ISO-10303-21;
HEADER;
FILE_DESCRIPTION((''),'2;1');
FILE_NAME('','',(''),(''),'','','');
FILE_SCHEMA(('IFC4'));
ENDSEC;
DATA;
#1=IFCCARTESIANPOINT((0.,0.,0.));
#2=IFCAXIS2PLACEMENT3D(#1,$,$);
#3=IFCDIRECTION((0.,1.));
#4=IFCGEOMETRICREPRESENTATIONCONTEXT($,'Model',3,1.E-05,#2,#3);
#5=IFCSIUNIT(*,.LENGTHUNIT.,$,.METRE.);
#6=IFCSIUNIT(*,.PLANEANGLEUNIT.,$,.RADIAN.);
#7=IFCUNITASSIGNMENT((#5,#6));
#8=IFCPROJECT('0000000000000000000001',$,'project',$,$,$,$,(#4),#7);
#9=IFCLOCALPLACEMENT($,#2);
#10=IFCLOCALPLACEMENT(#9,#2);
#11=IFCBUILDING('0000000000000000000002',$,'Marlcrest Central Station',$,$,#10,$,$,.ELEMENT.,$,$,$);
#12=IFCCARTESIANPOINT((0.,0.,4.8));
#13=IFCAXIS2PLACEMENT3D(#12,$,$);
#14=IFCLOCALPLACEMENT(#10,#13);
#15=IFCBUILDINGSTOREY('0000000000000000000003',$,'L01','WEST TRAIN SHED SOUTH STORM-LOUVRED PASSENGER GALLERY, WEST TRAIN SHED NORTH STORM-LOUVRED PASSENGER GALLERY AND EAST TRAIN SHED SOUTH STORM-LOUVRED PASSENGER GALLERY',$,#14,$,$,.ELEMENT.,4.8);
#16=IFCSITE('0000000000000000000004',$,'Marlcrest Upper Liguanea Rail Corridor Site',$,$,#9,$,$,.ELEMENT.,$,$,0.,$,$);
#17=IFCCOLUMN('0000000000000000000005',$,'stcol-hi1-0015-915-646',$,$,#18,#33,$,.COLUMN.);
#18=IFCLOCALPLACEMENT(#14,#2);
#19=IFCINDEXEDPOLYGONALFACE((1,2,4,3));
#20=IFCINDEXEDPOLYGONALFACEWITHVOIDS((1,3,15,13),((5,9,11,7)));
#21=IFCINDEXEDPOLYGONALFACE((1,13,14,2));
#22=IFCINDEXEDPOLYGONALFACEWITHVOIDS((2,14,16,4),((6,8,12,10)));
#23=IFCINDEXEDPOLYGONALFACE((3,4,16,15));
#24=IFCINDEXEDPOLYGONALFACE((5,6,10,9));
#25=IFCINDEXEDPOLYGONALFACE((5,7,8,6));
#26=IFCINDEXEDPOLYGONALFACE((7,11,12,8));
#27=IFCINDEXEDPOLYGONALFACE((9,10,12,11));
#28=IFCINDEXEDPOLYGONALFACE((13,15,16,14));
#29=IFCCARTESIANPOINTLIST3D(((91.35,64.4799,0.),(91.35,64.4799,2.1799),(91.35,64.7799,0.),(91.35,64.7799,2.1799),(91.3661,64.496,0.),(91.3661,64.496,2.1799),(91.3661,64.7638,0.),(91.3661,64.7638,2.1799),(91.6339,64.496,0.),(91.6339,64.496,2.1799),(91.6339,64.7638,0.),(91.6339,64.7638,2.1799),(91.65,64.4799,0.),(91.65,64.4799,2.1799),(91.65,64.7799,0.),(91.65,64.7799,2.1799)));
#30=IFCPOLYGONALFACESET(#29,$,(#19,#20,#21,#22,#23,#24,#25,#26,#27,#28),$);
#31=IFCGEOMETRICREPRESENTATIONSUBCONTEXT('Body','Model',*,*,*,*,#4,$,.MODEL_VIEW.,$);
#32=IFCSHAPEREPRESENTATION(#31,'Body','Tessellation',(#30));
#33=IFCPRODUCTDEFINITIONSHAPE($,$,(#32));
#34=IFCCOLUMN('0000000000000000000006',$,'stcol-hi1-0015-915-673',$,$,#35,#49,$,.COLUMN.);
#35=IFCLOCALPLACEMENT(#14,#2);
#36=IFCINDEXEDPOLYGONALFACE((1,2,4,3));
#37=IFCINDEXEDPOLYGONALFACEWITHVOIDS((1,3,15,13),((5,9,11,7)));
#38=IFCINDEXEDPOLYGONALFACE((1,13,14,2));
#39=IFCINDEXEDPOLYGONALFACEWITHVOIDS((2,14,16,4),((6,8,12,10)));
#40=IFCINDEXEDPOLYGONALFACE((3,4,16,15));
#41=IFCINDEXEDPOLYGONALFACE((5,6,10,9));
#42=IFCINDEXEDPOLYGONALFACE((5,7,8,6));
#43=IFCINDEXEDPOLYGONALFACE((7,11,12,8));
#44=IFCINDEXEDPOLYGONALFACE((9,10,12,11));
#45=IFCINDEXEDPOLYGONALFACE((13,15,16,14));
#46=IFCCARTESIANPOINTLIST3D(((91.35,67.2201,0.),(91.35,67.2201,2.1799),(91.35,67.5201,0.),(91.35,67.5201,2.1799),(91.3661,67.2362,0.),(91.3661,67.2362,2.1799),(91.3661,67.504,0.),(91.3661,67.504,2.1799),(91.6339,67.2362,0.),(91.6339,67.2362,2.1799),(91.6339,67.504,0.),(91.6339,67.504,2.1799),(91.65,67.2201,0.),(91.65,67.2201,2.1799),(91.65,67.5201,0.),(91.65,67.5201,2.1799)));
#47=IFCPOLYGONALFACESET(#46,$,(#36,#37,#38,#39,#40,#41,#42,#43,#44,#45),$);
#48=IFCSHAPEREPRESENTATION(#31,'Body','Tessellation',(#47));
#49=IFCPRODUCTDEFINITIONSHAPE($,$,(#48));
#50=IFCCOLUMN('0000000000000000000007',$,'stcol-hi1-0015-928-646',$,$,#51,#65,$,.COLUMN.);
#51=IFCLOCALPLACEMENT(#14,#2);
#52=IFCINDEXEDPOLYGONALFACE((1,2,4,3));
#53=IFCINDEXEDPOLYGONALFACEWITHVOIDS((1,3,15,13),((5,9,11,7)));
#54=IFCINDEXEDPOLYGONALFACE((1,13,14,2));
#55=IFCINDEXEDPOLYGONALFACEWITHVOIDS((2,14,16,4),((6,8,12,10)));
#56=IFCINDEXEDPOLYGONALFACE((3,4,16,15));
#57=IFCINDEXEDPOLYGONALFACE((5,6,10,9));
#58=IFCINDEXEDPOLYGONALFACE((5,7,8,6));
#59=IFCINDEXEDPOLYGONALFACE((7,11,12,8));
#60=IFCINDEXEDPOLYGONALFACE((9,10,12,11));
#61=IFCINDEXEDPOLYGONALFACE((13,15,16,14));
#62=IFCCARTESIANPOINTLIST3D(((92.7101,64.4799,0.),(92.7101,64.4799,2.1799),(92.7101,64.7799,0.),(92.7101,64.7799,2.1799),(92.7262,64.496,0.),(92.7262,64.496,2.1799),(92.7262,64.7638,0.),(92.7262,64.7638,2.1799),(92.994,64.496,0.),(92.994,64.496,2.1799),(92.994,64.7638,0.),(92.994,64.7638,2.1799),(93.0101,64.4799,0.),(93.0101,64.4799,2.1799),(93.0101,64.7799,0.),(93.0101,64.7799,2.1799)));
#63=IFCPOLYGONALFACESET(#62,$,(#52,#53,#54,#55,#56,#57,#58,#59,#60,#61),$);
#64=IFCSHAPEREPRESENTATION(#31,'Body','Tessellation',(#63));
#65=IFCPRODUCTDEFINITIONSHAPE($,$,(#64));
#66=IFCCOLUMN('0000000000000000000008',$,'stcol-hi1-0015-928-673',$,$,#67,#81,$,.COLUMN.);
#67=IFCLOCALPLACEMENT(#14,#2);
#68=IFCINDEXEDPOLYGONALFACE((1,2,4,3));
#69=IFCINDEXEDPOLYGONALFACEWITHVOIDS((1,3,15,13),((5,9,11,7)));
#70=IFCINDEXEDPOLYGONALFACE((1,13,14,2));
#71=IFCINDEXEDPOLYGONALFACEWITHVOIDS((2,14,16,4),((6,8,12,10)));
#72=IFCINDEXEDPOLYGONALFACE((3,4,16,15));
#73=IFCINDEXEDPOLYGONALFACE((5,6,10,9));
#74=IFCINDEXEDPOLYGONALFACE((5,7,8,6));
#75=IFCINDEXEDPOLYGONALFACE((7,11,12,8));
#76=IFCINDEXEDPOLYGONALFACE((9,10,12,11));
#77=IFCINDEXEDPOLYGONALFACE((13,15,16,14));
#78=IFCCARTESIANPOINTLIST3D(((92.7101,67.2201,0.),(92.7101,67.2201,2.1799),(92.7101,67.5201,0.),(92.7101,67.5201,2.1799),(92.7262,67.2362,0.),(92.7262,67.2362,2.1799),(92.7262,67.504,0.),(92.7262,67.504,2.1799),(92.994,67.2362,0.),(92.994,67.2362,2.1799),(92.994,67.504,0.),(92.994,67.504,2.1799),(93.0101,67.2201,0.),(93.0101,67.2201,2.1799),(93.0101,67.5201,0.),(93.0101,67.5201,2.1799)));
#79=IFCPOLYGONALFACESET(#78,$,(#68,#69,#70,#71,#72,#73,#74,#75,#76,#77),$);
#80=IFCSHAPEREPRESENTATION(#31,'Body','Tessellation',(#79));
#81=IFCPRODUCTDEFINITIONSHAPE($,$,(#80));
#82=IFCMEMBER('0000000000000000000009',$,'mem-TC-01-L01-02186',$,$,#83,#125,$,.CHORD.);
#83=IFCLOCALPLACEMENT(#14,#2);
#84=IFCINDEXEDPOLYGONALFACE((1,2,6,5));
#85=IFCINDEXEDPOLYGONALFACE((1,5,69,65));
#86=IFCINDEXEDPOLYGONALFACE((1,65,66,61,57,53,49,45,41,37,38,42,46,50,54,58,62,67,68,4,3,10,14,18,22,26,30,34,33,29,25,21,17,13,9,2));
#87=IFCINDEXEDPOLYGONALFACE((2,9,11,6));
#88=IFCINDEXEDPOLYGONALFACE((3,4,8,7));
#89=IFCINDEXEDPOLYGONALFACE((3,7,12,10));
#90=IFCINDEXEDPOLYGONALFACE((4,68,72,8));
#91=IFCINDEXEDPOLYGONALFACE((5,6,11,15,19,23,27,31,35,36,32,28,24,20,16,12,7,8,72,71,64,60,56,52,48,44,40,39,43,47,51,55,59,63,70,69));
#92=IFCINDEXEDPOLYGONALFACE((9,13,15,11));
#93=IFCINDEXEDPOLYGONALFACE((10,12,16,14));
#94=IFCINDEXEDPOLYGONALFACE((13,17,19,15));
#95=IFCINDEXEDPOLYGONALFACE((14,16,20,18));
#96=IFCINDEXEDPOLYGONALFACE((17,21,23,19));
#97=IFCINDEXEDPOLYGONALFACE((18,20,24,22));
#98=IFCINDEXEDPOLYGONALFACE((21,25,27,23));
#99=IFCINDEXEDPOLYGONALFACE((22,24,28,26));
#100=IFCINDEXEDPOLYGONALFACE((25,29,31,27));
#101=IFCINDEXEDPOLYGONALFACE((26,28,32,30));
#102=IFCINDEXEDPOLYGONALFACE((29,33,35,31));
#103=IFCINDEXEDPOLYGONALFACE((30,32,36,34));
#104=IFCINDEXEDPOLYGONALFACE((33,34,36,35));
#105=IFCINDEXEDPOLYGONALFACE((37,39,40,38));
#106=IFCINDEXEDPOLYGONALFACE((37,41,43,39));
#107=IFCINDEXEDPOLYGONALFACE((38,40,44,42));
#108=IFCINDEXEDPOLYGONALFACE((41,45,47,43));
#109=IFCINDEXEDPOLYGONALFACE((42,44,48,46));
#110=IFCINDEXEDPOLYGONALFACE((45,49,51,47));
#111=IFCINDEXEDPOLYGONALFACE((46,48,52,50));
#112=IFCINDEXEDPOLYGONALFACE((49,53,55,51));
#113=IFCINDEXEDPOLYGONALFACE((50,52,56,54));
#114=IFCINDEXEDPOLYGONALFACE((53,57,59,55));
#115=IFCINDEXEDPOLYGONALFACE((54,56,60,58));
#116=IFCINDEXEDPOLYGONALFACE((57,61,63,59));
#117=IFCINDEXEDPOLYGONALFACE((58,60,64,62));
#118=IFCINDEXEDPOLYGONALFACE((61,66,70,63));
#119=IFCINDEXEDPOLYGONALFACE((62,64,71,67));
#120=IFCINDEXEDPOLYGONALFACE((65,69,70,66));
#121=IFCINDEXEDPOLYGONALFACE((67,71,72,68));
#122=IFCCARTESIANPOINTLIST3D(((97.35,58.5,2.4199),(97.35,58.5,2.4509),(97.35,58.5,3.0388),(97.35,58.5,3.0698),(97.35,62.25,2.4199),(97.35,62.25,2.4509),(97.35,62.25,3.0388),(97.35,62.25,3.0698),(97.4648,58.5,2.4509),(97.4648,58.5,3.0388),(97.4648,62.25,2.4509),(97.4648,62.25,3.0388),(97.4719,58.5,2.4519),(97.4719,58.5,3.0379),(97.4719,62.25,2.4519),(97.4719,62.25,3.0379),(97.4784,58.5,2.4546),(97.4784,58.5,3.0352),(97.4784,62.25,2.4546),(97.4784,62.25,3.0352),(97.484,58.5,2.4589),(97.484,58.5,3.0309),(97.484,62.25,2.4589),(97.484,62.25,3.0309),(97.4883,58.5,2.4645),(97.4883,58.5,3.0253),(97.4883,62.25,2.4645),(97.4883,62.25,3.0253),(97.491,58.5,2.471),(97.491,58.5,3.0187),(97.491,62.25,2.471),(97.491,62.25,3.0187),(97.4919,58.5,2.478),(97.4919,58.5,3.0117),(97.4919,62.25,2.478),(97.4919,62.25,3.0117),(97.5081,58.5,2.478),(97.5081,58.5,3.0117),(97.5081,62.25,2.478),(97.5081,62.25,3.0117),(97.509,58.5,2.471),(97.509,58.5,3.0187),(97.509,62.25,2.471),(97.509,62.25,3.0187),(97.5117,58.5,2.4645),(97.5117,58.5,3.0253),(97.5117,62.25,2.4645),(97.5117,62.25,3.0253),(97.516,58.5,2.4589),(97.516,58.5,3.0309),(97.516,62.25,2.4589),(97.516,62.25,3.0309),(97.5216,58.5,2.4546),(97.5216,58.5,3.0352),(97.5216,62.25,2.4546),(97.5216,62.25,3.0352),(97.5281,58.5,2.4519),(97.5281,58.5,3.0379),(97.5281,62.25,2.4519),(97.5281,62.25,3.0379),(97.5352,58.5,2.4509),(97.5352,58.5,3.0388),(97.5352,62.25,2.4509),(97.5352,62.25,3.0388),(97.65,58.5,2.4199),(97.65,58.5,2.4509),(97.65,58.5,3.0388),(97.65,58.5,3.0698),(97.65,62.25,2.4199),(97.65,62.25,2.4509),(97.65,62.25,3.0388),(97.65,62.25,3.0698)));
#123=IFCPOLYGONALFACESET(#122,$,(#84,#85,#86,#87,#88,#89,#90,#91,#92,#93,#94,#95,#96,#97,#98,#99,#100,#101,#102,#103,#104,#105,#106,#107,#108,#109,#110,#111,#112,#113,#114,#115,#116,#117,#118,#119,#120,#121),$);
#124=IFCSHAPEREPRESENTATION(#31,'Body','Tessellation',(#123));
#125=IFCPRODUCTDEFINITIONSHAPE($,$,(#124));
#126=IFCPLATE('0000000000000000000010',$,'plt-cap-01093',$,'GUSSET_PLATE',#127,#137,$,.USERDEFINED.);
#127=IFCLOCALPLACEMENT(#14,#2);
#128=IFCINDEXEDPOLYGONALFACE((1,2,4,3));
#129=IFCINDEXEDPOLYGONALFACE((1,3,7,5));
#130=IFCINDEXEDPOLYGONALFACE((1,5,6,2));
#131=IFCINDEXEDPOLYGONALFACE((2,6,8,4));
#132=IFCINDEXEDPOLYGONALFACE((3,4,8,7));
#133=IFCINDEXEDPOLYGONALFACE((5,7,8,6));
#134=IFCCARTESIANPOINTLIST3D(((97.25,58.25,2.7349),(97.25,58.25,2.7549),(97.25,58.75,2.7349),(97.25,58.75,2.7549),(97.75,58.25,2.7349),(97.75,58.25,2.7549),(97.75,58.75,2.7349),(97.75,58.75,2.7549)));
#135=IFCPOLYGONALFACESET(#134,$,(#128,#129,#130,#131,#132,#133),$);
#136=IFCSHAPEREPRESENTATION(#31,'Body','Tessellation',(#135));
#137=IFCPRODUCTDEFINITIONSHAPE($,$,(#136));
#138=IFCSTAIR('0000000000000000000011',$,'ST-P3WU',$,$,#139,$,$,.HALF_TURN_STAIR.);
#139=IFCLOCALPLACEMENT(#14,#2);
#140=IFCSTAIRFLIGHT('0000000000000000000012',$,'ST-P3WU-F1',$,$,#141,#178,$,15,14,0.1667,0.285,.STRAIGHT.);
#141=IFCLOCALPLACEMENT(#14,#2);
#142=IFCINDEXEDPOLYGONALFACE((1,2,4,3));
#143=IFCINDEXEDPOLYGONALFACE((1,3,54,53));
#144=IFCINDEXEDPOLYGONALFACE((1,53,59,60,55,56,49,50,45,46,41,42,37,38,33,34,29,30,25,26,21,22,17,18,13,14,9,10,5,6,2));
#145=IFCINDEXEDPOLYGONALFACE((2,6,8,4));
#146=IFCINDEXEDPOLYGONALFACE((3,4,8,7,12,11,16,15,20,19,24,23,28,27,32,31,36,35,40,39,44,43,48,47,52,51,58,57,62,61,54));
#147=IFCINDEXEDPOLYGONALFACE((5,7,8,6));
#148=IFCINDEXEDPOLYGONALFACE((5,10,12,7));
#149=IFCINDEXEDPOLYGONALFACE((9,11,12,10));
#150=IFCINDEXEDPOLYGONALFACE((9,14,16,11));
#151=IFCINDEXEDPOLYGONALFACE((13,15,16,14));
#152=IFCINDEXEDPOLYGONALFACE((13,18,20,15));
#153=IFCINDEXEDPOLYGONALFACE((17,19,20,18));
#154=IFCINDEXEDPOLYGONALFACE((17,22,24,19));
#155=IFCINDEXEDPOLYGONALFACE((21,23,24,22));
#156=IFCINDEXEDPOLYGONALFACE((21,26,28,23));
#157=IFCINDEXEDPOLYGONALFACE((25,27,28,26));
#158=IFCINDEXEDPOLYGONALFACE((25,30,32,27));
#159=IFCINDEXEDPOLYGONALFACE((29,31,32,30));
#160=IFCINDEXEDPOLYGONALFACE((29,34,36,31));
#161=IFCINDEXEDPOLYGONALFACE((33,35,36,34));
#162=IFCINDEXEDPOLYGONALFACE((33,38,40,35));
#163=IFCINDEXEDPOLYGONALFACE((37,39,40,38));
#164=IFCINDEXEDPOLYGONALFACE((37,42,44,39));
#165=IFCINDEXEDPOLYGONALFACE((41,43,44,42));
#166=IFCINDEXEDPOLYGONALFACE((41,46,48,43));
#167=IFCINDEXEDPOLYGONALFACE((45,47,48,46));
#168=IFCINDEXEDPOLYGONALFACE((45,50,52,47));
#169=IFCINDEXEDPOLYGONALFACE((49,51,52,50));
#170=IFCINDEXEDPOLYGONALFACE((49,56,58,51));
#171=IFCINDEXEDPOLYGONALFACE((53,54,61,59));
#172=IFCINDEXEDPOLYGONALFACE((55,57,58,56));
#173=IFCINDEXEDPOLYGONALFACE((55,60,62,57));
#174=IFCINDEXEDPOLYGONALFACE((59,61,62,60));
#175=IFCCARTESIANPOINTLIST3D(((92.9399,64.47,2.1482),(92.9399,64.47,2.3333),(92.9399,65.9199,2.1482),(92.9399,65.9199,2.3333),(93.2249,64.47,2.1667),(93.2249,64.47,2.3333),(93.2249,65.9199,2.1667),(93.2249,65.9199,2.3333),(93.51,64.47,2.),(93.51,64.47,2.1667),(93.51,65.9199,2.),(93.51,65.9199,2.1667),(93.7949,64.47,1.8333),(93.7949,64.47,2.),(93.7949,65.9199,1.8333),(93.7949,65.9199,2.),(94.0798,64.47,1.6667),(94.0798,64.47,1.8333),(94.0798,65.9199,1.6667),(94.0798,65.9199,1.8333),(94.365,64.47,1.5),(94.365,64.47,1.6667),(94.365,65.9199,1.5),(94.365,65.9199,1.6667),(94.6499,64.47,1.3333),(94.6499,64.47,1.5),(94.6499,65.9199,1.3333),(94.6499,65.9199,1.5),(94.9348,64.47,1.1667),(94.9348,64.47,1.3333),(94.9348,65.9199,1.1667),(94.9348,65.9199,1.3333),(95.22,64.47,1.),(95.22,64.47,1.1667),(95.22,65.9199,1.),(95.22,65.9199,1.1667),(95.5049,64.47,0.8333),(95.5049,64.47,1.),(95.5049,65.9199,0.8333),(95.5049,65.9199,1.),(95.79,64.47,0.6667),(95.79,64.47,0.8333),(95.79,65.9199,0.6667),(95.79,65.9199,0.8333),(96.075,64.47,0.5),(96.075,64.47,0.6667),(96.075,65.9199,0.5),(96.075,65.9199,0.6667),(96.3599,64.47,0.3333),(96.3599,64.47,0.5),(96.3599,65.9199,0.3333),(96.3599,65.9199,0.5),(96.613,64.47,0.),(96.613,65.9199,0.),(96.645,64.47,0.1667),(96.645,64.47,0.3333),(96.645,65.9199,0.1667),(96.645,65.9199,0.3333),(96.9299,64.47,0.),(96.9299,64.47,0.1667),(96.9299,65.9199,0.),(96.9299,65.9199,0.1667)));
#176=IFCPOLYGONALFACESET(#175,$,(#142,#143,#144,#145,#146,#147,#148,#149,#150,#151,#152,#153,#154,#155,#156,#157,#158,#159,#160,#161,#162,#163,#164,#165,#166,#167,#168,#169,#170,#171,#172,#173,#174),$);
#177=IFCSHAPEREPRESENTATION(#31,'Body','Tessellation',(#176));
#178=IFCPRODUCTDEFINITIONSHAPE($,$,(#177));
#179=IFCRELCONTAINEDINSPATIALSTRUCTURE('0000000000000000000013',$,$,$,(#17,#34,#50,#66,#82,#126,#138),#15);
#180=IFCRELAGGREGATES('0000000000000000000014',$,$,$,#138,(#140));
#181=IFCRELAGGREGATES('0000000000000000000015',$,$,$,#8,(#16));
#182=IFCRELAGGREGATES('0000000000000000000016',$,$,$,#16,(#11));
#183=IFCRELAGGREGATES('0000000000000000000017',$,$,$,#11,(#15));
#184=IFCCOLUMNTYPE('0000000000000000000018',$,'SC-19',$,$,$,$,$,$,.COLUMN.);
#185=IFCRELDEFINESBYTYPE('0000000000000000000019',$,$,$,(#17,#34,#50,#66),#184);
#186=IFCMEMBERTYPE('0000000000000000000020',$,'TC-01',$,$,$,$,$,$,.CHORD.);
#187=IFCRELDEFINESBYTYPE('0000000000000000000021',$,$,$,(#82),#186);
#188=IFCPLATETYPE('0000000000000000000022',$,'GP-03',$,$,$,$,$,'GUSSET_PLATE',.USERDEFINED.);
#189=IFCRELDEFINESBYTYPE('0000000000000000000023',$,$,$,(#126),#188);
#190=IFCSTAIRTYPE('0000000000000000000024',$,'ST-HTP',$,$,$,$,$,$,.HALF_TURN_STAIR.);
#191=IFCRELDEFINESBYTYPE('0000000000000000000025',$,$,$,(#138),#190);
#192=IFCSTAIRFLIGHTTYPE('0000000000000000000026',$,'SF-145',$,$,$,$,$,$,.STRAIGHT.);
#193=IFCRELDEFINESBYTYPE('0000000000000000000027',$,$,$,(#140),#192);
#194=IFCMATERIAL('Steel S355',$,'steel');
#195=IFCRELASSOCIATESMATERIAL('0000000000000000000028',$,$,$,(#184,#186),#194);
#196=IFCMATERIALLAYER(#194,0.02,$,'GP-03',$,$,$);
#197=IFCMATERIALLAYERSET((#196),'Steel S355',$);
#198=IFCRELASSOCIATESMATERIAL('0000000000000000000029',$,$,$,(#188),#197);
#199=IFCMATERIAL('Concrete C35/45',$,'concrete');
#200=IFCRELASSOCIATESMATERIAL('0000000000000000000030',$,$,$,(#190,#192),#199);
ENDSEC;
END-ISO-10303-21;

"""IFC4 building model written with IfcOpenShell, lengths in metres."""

from ifc_helpers import new_model, si_unit, direction, frame, origin, origin_2d, place, context, subcontext, project, spatial, polyline, rectangle, hollow_rectangle, i_section, outline, extrude, material, layer, layer_set, material_profile, profile_set, type_object, element, aggregate, save


model = new_model("IFC4")

# Units and contexts
model_context = context("Model", 3, precision=1e-05, world=origin(), true_north=direction((0.0, 1.0)))
body_context = subcontext(model_context, "Body", "Model", "MODEL_VIEW")
ifc_project = project(units=[si_unit("LENGTHUNIT", "METRE"), si_unit("PLANEANGLEUNIT", "RADIAN")], contexts=[model_context])

# Site, building, storey
site_placement = place(None, origin())
site = spatial("IfcSite", under=ifc_project, at=site_placement, Name="Marlcrest Upper Liguanea Rail Corridor Site", CompositionType="ELEMENT", RefElevation=0.0)
building_placement = place(site_placement, origin())
building = spatial("IfcBuilding", under=site, at=building_placement, Name="Marlcrest Central Station", CompositionType="ELEMENT")
storey_placement = place(building_placement, frame((0.0, 0.0, 4.8)))
storey = spatial("IfcBuildingStorey", under=building, at=storey_placement, Name="L01", Description="WEST TRAIN SHED SOUTH STORM-LOUVRED PASSENGER GALLERY, WEST TRAIN SHED NORTH STORM-LOUVRED PASSENGER GALLERY AND EAST TRAIN SHED SOUTH STORM-LOUVRED PASSENGER GALLERY", CompositionType="ELEMENT", Elevation=4.8)

# Columns
ifc_material_1 = material(Name="Steel S355", Category="steel")
ifc_material_profile_1 = material_profile(ifc_material_1, hollow_rectangle(XDim=0.3, YDim=0.3, WallThickness=0.0161, at=origin_2d()), Name="SHS 300x300x16")
ifc_profile_set_1 = profile_set([ifc_material_profile_1], Name="Steel S355")
column_type = type_object("IfcColumnType", Name="SC-19", PredefinedType="COLUMN", material=ifc_profile_set_1)
for number, where, z_axis, x_axis, name in (
    (1, (91.5, 64.6299, 0.0), (0.0, 0.0, 1.0), (1.0, 0.0, 0.0), "stcol-hi1-0015-915-646"),
    (2, (91.5, 67.3701, 0.0), (0.0, 0.0, 1.0), (1.0, 0.0, 0.0), "stcol-hi1-0015-915-673"),
    (3, (92.8601, 64.6299, 0.0), (0.0, 0.0, 1.0), (1.0, 0.0, 0.0), "stcol-hi1-0015-928-646"),
    (4, (92.8601, 67.3701, 0.0), (0.0, 0.0, 1.0), (1.0, 0.0, 0.0), "stcol-hi1-0015-928-673"),
):
    element("IfcColumn", number, at=place(storey_placement, frame(where, z_axis=z_axis, x_axis=x_axis)), inside=storey, type_object=column_type, Name=name, PredefinedType="COLUMN", context=body_context, shape_type="SweptSolid", body=[
        extrude(hollow_rectangle(XDim=0.3, YDim=0.3, WallThickness=0.0161, at=origin_2d()), origin(), (0.0, 0.0, 1.0), 2.1799),
    ])

# Member
ifc_material_profile_2 = material_profile(ifc_material_1, i_section(OverallWidth=0.3, OverallDepth=0.6499, WebThickness=0.0161, FlangeThickness=0.031, FilletRadius=0.0271, at=origin_2d()), Name="HEB 650")
ifc_profile_set_2 = profile_set([ifc_material_profile_2], Name="Steel S355")
member_type = type_object("IfcMemberType", Name="TC-01", PredefinedType="CHORD", material=ifc_profile_set_2)
member_placement = place(storey_placement, frame((97.5, 58.5, 2.7449), z_axis=(0.0, 1.0, 0.0), x_axis=(-1.0, 0.0, 0.0)))
element("IfcMember", 5, at=member_placement, inside=storey, type_object=member_type, Name="mem-TC-01-L01-02186", PredefinedType="CHORD", context=body_context, shape_type="SweptSolid", body=[
    extrude(i_section(OverallWidth=0.3, OverallDepth=0.6499, WebThickness=0.0161, FlangeThickness=0.031, FilletRadius=0.0271, at=origin_2d()), origin(), (0.0, 0.0, 1.0), 3.75),
])

# Plate
ifc_layer = layer(ifc_material_1, 0.02, Name="GP-03")
ifc_layer_set = layer_set([ifc_layer], Name="Steel S355")
plate_type = type_object("IfcPlateType", Name="GP-03", ElementType="GUSSET_PLATE", PredefinedType="USERDEFINED", material=ifc_layer_set)
plate_placement = place(storey_placement, frame((97.5, 58.5, 2.7349), z_axis=(0.0, 0.0, 1.0), x_axis=(1.0, 0.0, 0.0)))
element("IfcPlate", 6, at=plate_placement, inside=storey, type_object=plate_type, Name="plt-cap-01093", ObjectType="GUSSET_PLATE", PredefinedType="USERDEFINED", context=body_context, shape_type="SweptSolid", body=[
    extrude(rectangle(XDim=0.5, YDim=0.5, at=origin_2d()), origin(), (0.0, 0.0, 1.0), 0.02),
])

# Stair, stair flight
ifc_material_2 = material(Name="Concrete C35/45", Category="concrete")
stair_type = type_object("IfcStairType", Name="ST-HTP", PredefinedType="HALF_TURN_STAIR", material=ifc_material_2)
stair_placement = place(storey_placement, origin())
stair = element("IfcStair", 7, at=stair_placement, inside=storey, type_object=stair_type, Name="ST-P3WU", PredefinedType="HALF_TURN_STAIR")
stair_flight_type = type_object("IfcStairFlightType", Name="SF-145", PredefinedType="STRAIGHT", material=ifc_material_2)
stair_flight_1_placement = place(storey_placement, frame((96.9299, 65.1951, 0.0), z_axis=(0.0, 0.0, 1.0), x_axis=(-1.0, 0.0, 0.0)))
stair_flight_1 = element("IfcStairFlight", 8, at=stair_flight_1_placement, type_object=stair_flight_type, Name="ST-P3WU-F1", NumberOfRisers=15, NumberOfTreads=14, PredefinedType="STRAIGHT", RiserHeight=0.1667, TreadLength=0.285, context=body_context, shape_type="SweptSolid", body=[
    extrude(outline(polyline([(0.0, 0.0), (0.0, 0.1667), (0.2849, 0.1667), (0.2849, 0.3333), (0.5701, 0.3333), (0.5701, 0.5), (0.855, 0.5), (0.855, 0.6667), (1.1399, 0.6667), (1.1399, 0.8333), (1.425, 0.8333), (1.425, 1.0), (1.71, 1.0), (1.71, 1.1667), (1.9951, 1.1667), (1.9951, 1.3333), (2.28, 1.3333), (2.28, 1.5), (2.5649, 1.5), (2.5649, 1.6667), (2.8501, 1.6667), (2.8501, 1.8333), (3.135, 1.8333), (3.135, 2.0), (3.4199, 2.0), (3.4199, 2.1667), (3.7051, 2.1667), (3.7051, 2.3333), (3.99, 2.3333), (3.99, 2.5), (3.99, 2.1482), (0.3169, 0.0), (0.0, 0.0)])), frame((0.0, 0.7251, 0.0), z_axis=(0.0, -1.0, 0.0), x_axis=(1.0, 0.0, 0.0)), (0.0, 0.0, 1.0), 1.45),
])
aggregate(stair, [stair_flight_1])

save(model, "model.ifc")
